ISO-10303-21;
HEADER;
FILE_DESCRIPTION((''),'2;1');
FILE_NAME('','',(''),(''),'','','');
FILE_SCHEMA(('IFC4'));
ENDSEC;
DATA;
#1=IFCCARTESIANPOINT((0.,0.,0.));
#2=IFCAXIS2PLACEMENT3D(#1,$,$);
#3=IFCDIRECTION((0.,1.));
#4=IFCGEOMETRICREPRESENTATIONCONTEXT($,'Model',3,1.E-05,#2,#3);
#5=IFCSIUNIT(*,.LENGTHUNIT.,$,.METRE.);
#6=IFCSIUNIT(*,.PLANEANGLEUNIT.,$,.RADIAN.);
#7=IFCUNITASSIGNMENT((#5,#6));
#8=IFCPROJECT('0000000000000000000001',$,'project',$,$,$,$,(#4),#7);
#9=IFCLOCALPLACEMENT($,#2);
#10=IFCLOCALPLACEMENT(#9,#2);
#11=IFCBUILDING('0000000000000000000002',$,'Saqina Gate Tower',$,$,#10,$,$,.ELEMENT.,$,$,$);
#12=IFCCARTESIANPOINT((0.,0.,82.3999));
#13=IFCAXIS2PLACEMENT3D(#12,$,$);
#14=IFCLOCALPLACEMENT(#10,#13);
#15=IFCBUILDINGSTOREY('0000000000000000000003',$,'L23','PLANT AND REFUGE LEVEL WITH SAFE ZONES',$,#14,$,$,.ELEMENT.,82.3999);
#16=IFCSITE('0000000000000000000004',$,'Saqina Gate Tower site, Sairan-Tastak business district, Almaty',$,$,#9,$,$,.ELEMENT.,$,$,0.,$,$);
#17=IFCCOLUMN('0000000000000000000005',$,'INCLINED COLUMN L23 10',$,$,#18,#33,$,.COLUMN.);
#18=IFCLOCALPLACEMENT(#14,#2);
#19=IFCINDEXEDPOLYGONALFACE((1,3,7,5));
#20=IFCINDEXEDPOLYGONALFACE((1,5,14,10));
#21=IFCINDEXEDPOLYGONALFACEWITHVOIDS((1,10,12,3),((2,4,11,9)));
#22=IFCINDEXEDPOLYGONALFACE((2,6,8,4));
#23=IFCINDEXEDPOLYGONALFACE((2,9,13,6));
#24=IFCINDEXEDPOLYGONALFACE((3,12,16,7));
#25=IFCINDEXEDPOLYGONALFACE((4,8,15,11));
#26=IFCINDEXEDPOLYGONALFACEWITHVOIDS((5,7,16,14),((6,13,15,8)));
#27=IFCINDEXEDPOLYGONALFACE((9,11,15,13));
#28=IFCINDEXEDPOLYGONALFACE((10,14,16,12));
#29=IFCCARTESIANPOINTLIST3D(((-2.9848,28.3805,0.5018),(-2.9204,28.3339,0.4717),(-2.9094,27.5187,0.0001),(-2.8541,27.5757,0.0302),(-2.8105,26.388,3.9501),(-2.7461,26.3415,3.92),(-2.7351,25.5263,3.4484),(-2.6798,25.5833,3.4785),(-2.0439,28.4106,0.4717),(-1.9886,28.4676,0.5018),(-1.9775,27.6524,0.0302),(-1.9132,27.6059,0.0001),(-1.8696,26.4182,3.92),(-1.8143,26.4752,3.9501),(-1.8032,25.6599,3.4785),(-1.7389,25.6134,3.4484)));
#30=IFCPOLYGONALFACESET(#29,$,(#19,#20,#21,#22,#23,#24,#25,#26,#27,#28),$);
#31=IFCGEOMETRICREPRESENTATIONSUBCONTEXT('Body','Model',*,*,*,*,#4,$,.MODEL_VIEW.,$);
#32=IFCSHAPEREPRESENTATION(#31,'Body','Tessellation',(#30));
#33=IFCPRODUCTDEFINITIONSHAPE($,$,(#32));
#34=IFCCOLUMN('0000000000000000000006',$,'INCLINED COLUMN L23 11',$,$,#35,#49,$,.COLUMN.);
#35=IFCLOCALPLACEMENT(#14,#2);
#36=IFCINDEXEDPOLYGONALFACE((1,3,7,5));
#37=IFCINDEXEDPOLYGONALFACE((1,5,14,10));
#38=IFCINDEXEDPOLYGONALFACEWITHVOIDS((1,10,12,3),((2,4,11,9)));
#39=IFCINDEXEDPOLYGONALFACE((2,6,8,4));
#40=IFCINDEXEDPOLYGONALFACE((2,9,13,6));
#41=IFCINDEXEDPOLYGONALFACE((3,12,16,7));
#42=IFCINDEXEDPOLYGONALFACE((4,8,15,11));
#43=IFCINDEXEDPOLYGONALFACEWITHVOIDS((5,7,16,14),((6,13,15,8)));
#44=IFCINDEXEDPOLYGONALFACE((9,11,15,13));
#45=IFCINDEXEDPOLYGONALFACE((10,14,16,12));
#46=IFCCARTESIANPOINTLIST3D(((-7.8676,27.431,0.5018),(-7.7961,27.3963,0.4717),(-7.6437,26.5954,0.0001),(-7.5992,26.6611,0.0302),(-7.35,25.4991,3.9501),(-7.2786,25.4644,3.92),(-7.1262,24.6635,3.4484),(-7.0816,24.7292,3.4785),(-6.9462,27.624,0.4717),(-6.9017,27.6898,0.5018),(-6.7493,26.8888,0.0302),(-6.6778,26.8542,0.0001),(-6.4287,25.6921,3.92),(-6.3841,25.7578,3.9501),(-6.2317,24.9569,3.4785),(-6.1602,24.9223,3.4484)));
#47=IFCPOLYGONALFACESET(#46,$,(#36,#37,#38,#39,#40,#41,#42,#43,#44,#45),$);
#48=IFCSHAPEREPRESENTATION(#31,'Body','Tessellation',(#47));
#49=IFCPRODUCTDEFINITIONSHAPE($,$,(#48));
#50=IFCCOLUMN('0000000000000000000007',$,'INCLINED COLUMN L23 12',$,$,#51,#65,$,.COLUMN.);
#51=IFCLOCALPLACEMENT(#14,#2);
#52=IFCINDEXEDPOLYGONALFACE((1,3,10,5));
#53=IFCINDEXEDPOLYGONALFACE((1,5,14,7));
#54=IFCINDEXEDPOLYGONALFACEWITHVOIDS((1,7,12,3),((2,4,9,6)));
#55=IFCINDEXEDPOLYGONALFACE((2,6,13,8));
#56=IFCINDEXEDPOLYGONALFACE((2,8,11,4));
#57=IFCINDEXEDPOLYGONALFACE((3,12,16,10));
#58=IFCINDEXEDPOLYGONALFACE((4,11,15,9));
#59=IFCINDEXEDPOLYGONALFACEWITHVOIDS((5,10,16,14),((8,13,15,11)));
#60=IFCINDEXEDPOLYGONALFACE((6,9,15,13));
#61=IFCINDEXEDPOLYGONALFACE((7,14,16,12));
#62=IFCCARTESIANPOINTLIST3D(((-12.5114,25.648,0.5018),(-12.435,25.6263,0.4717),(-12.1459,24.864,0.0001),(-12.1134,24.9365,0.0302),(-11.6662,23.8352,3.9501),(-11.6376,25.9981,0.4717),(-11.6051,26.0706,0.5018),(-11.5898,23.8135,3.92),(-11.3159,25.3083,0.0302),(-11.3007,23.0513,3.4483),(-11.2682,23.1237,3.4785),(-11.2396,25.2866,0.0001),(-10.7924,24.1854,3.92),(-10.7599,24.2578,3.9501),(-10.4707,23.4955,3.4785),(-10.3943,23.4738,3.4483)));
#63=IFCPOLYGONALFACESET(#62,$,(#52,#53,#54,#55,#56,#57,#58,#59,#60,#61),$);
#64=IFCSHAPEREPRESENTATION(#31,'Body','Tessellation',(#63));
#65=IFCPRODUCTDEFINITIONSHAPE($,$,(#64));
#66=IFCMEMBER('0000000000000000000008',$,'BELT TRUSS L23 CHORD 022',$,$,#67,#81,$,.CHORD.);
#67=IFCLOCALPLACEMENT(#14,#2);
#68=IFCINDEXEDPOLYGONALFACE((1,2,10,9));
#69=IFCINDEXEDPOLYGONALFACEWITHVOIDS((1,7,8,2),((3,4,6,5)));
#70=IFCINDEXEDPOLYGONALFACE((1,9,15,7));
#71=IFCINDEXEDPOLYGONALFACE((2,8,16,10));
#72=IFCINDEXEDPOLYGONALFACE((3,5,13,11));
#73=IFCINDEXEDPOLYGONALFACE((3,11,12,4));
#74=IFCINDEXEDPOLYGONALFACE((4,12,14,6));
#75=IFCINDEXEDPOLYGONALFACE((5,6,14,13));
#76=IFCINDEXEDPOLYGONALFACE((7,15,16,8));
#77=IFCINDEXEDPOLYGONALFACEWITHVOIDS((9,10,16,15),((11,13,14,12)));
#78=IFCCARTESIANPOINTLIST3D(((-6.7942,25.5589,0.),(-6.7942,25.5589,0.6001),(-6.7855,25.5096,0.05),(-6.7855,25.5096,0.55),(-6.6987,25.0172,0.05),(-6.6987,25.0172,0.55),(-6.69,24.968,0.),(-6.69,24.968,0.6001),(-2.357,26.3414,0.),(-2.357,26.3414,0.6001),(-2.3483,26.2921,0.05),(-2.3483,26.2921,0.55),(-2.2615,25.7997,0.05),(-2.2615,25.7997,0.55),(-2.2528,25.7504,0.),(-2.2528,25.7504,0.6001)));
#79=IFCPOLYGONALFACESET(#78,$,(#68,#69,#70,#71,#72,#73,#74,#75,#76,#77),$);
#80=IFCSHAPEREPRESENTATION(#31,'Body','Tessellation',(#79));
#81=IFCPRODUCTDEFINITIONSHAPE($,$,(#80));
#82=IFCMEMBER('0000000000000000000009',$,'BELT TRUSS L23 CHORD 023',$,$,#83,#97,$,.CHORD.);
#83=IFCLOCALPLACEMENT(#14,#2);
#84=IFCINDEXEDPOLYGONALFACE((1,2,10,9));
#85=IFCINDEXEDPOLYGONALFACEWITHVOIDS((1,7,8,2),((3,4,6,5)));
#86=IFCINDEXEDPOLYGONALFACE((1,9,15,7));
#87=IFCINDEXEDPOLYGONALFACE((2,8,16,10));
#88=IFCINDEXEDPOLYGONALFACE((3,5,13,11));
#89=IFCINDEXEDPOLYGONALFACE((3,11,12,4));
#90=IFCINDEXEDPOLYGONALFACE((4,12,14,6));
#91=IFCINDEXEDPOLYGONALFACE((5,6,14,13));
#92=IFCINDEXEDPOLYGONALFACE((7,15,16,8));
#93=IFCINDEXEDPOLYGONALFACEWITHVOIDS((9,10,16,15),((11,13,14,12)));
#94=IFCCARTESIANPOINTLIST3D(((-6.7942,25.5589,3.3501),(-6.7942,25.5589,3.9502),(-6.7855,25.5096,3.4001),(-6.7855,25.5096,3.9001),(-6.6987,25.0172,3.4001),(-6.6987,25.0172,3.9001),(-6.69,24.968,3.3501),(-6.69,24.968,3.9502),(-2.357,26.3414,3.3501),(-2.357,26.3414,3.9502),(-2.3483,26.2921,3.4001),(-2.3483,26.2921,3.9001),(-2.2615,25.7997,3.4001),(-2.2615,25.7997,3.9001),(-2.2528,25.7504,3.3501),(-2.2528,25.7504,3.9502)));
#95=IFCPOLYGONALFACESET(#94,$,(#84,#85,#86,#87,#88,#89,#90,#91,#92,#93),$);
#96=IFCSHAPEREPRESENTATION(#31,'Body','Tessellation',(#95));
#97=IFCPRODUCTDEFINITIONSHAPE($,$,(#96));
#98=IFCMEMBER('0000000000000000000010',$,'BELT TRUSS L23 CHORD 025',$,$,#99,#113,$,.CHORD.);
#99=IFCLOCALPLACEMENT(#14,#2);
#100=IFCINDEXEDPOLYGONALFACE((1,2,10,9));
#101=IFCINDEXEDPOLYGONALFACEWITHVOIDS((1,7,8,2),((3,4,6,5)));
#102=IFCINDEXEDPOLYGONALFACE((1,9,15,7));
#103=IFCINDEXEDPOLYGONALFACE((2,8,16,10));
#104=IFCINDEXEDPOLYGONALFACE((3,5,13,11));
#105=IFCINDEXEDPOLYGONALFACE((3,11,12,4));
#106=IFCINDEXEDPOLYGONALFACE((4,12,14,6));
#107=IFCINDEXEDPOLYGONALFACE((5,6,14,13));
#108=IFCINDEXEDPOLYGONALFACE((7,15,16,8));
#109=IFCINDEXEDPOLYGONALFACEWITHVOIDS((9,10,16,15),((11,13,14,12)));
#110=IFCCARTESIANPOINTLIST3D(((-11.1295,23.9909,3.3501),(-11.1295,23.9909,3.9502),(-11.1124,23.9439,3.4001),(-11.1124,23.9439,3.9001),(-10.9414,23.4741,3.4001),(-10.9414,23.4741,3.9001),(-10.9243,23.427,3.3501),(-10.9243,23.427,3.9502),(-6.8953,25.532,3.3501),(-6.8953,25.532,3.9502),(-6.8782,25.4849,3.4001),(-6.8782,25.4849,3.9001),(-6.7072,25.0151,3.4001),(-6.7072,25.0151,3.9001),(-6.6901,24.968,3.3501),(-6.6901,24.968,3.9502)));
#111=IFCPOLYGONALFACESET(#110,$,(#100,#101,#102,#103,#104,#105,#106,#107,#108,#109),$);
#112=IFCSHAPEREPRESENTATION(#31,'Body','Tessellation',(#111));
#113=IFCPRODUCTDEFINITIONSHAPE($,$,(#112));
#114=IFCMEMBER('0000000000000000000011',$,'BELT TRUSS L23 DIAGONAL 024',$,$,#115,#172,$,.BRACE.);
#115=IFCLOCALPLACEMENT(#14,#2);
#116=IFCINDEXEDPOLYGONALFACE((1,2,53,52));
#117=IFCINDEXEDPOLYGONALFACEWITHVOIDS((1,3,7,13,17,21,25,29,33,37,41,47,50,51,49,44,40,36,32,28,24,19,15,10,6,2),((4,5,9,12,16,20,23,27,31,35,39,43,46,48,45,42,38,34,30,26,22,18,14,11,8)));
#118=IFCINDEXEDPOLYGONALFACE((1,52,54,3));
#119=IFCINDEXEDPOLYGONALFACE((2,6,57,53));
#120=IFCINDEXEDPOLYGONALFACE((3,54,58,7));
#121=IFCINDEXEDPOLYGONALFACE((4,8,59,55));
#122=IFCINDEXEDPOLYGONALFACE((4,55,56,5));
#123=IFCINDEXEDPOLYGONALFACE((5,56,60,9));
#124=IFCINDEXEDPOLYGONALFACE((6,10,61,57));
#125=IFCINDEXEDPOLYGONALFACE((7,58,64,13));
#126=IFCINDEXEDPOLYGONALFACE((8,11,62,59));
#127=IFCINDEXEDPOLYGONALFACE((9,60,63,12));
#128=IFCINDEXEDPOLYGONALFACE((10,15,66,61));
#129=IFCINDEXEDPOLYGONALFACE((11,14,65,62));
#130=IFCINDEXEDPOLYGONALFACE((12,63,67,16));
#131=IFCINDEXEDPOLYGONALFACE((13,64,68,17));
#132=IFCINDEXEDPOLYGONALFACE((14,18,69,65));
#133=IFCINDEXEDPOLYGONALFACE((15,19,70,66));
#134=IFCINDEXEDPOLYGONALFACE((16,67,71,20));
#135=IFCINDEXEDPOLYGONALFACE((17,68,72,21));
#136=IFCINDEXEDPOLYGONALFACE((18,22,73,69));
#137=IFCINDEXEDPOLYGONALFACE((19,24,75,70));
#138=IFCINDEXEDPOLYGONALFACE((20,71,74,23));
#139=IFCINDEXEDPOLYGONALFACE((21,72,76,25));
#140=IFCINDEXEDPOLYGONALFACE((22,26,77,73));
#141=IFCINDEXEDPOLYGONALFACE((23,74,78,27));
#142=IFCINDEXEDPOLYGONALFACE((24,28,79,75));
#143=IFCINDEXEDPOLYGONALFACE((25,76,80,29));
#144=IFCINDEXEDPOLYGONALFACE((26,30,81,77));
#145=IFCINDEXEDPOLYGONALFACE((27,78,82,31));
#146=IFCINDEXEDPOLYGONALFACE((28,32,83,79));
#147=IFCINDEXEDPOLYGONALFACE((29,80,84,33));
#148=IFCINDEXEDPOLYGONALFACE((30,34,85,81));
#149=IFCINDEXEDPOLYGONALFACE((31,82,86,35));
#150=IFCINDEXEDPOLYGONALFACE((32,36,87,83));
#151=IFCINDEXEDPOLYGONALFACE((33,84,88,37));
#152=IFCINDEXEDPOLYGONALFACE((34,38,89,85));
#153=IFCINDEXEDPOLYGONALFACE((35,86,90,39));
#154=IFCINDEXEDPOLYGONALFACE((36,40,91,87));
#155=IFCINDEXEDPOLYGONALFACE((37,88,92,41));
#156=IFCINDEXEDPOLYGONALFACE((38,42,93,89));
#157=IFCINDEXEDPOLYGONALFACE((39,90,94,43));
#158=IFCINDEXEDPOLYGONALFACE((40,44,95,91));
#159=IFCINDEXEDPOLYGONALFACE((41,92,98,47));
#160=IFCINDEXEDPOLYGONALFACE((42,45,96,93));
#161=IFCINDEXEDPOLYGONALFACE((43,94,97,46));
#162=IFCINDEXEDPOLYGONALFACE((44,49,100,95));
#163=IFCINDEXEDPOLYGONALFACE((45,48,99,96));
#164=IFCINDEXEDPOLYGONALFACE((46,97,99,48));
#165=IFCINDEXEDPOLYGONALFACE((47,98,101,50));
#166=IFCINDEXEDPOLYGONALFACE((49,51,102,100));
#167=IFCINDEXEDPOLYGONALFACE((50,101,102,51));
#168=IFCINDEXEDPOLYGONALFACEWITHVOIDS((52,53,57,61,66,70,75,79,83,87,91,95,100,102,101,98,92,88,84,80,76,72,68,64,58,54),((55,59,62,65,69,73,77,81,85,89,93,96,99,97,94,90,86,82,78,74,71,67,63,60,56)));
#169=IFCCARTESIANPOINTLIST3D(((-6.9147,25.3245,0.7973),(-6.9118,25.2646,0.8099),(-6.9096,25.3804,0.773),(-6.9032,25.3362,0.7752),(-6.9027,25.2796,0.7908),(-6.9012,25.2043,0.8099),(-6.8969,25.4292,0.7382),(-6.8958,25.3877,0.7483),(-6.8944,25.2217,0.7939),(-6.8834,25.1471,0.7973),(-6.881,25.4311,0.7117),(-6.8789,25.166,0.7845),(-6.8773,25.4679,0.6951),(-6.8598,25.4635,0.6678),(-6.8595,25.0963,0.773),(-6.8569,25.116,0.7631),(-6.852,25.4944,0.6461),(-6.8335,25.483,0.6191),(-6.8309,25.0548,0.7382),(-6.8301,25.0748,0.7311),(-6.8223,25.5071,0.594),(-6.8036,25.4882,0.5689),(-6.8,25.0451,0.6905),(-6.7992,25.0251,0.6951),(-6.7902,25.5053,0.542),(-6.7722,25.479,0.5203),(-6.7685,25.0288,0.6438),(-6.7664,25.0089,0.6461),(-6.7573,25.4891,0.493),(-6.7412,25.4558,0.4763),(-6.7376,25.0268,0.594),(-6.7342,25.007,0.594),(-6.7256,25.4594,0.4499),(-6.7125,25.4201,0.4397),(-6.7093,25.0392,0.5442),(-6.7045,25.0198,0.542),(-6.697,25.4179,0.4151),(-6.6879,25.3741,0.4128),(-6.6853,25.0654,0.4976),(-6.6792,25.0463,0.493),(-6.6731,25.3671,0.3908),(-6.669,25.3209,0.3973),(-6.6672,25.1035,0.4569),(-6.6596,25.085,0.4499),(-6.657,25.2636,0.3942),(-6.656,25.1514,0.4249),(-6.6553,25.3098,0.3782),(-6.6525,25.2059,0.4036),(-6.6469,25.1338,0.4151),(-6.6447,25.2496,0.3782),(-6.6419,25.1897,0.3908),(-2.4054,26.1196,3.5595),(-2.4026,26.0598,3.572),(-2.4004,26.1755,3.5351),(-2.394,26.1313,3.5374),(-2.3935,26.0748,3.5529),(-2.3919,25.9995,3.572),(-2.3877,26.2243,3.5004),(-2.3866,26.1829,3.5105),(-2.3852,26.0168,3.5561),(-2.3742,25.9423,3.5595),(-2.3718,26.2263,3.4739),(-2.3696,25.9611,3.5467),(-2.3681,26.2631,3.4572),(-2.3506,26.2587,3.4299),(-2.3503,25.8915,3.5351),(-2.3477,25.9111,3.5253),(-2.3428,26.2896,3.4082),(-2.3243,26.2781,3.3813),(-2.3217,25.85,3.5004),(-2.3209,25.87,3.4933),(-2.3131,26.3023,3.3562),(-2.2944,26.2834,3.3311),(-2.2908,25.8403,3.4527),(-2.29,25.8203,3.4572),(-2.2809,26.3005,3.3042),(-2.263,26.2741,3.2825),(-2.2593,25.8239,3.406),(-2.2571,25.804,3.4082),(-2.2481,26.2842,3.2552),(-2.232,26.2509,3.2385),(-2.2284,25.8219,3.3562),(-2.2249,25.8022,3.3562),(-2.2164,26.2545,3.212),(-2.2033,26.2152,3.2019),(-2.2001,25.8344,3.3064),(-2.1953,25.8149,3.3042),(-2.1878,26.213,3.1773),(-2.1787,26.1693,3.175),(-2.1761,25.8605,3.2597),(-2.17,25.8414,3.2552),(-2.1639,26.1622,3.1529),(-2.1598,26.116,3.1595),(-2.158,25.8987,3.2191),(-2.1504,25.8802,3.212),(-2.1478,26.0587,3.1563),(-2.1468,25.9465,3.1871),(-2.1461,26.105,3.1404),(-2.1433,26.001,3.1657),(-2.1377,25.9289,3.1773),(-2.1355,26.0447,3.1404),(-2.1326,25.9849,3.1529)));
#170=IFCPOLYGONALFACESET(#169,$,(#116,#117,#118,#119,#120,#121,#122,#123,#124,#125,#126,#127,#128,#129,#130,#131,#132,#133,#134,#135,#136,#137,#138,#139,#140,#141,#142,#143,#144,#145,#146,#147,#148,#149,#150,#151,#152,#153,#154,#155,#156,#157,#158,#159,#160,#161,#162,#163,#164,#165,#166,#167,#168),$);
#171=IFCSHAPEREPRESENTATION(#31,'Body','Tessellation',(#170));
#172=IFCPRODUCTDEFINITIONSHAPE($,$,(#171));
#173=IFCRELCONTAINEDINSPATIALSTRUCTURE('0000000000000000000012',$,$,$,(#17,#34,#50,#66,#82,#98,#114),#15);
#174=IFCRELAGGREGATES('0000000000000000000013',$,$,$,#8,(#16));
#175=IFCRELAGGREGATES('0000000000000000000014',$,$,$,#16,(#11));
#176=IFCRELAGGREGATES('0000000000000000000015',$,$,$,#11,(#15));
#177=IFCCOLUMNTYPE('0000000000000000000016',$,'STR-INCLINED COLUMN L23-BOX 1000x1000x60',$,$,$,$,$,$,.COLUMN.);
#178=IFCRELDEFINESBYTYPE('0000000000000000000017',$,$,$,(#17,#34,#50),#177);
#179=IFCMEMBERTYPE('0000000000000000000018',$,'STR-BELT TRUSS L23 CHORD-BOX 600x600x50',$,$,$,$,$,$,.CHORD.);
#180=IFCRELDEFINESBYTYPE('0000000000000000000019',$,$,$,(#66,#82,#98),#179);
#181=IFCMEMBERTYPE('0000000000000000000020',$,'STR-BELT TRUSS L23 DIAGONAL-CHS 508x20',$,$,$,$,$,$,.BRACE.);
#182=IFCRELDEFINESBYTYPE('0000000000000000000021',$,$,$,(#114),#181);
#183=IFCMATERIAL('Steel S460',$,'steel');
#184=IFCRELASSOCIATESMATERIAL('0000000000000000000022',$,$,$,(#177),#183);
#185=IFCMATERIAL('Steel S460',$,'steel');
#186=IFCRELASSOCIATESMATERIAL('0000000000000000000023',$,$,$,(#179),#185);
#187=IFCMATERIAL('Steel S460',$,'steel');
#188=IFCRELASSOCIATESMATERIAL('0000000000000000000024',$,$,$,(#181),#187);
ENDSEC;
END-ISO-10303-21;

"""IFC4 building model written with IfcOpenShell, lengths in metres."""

from ifc_helpers import new_model, si_unit, direction, frame, origin, origin_2d, place, context, subcontext, project, spatial, hollow_rectangle, hollow_circle, extrude, material, material_profile, profile_set, type_object, element, save


model = new_model("IFC4")

# Units and contexts
model_context = context("Model", 3, precision=1e-05, world=origin(), true_north=direction((0.0, 1.0)))
body_context = subcontext(model_context, "Body", "Model", "MODEL_VIEW")
ifc_project = project(units=[si_unit("LENGTHUNIT", "METRE"), si_unit("PLANEANGLEUNIT", "RADIAN")], contexts=[model_context])

# Site, building, storey
site_placement = place(None, origin())
site = spatial("IfcSite", under=ifc_project, at=site_placement, Name="Saqina Gate Tower site, Sairan-Tastak business district, Almaty", CompositionType="ELEMENT", RefElevation=0.0)
building_placement = place(site_placement, origin())
building = spatial("IfcBuilding", under=site, at=building_placement, Name="Saqina Gate Tower", CompositionType="ELEMENT")
storey_placement = place(building_placement, frame((0.0, 0.0, 82.3999)))
storey = spatial("IfcBuildingStorey", under=building, at=storey_placement, Name="L23", Description="PLANT AND REFUGE LEVEL WITH SAFE ZONES", CompositionType="ELEMENT", Elevation=82.3999)

# Columns
ifc_material_1 = material(Name="Steel S460", Category="steel")
ifc_material_profile_1 = material_profile(ifc_material_1, hollow_rectangle(XDim=1.0, YDim=1.0, WallThickness=0.0601, at=origin_2d()), Name="BOX 1000x1000x60")
ifc_profile_set_1 = profile_set([ifc_material_profile_1], Name="Steel S460")
column_type = type_object("IfcColumnType", Name="STR-INCLINED COLUMN L23-BOX 1000x1000x60", PredefinedType="COLUMN", material=ifc_profile_set_1)
for number, where, z_axis, x_axis, name in (
    (1, (-2.449, 27.9932, 0.251), (0.043729, -0.49982, 0.865024), (0.996195, 0.087156, 0.0), "INCLINED COLUMN L23 10"),
    (2, (-7.2727, 27.1426, 0.251), (0.12984, -0.484633, 0.865027), (0.965934, 0.258787, 0.0), "INCLINED COLUMN L23 11"),
    (3, (-11.8755, 25.4673, 0.251), (0.212028, -0.45474, 0.865017), (0.906323, 0.422585, 0.0), "INCLINED COLUMN L23 12"),
):
    element("IfcColumn", number, at=place(storey_placement, frame(where, z_axis=z_axis, x_axis=x_axis)), inside=storey, type_object=column_type, Name=name, PredefinedType="COLUMN", context=body_context, shape_type="SweptSolid", body=[
        extrude(hollow_rectangle(XDim=1.0, YDim=1.0, WallThickness=0.0601, at=origin_2d()), origin(), (0.0, 0.0, 1.0), 3.9863),
    ])

# Members
ifc_material_2 = material(Name="Steel S460", Category="steel")
ifc_material_profile_2 = material_profile(ifc_material_2, hollow_rectangle(XDim=0.6001, YDim=0.6001, WallThickness=0.05, at=origin_2d()), Name="BOX 600x600x50")
ifc_profile_set_2 = profile_set([ifc_material_profile_2], Name="Steel S460")
member_type_1 = type_object("IfcMemberType", Name="STR-BELT TRUSS L23 CHORD-BOX 600x600x50", PredefinedType="CHORD", material=ifc_profile_set_2)
for number, where, z_axis, x_axis, name in (
    (4, (-2.3049, 26.0459, 0.3), (-0.984805, -0.173662, 0.0), (0.173662, -0.984805, 0.0), "BELT TRUSS L23 CHORD 022"),
    (5, (-2.3049, 26.0459, 3.6501), (-0.984805, -0.173662, 0.0), (0.173662, -0.984805, 0.0), "BELT TRUSS L23 CHORD 023"),
):
    element("IfcMember", number, at=place(storey_placement, frame(where, z_axis=z_axis, x_axis=x_axis)), inside=storey, type_object=member_type_1, Name=name, PredefinedType="CHORD", context=body_context, shape_type="SweptSolid", body=[
        extrude(hollow_rectangle(XDim=0.6001, YDim=0.6001, WallThickness=0.05, at=origin_2d()), origin(), (0.0, 0.0, 1.0), 4.5056),
    ])
member_placement = place(storey_placement, frame((-6.7927, 25.25, 3.6501), z_axis=(-0.939698, -0.342004, 0.0), x_axis=(0.342004, -0.939698, 0.0)))
element("IfcMember", 6, at=member_placement, inside=storey, type_object=member_type_1, Name="BELT TRUSS L23 CHORD 025", PredefinedType="CHORD", context=body_context, shape_type="SweptSolid", body=[
    extrude(hollow_rectangle(XDim=0.6001, YDim=0.6001, WallThickness=0.05, at=origin_2d()), origin(), (0.0, 0.0, 1.0), 4.5059),
])
ifc_material_3 = material(Name="Steel S460", Category="steel")
ifc_material_profile_3 = material_profile(ifc_material_3, hollow_circle(Radius=0.2539, WallThickness=0.02, at=origin_2d()), Name="CHS 508x20")
ifc_profile_set_3 = profile_set([ifc_material_profile_3], Name="Steel S460")
member_type_2 = type_object("IfcMemberType", Name="STR-BELT TRUSS L23 DIAGONAL-CHS 508x20", PredefinedType="BRACE", material=ifc_profile_set_3)
for number, where, z_axis, x_axis, name in (
    (7, (-2.269, 26.0522, 3.3562), (-0.843251, -0.148699, -0.516543), (0.173661, -0.984806, 0.0), "BELT TRUSS L23 DIAGONAL 024"),
):
    element("IfcMember", number, at=place(storey_placement, frame(where, z_axis=z_axis, x_axis=x_axis)), inside=storey, type_object=member_type_2, Name=name, PredefinedType="BRACE", context=body_context, shape_type="SweptSolid", body=[
        extrude(hollow_circle(Radius=0.2539, WallThickness=0.02, at=origin_2d()), origin(), (0.0, 0.0, 1.0), 5.3474),
    ])

save(model, "model.ifc")
